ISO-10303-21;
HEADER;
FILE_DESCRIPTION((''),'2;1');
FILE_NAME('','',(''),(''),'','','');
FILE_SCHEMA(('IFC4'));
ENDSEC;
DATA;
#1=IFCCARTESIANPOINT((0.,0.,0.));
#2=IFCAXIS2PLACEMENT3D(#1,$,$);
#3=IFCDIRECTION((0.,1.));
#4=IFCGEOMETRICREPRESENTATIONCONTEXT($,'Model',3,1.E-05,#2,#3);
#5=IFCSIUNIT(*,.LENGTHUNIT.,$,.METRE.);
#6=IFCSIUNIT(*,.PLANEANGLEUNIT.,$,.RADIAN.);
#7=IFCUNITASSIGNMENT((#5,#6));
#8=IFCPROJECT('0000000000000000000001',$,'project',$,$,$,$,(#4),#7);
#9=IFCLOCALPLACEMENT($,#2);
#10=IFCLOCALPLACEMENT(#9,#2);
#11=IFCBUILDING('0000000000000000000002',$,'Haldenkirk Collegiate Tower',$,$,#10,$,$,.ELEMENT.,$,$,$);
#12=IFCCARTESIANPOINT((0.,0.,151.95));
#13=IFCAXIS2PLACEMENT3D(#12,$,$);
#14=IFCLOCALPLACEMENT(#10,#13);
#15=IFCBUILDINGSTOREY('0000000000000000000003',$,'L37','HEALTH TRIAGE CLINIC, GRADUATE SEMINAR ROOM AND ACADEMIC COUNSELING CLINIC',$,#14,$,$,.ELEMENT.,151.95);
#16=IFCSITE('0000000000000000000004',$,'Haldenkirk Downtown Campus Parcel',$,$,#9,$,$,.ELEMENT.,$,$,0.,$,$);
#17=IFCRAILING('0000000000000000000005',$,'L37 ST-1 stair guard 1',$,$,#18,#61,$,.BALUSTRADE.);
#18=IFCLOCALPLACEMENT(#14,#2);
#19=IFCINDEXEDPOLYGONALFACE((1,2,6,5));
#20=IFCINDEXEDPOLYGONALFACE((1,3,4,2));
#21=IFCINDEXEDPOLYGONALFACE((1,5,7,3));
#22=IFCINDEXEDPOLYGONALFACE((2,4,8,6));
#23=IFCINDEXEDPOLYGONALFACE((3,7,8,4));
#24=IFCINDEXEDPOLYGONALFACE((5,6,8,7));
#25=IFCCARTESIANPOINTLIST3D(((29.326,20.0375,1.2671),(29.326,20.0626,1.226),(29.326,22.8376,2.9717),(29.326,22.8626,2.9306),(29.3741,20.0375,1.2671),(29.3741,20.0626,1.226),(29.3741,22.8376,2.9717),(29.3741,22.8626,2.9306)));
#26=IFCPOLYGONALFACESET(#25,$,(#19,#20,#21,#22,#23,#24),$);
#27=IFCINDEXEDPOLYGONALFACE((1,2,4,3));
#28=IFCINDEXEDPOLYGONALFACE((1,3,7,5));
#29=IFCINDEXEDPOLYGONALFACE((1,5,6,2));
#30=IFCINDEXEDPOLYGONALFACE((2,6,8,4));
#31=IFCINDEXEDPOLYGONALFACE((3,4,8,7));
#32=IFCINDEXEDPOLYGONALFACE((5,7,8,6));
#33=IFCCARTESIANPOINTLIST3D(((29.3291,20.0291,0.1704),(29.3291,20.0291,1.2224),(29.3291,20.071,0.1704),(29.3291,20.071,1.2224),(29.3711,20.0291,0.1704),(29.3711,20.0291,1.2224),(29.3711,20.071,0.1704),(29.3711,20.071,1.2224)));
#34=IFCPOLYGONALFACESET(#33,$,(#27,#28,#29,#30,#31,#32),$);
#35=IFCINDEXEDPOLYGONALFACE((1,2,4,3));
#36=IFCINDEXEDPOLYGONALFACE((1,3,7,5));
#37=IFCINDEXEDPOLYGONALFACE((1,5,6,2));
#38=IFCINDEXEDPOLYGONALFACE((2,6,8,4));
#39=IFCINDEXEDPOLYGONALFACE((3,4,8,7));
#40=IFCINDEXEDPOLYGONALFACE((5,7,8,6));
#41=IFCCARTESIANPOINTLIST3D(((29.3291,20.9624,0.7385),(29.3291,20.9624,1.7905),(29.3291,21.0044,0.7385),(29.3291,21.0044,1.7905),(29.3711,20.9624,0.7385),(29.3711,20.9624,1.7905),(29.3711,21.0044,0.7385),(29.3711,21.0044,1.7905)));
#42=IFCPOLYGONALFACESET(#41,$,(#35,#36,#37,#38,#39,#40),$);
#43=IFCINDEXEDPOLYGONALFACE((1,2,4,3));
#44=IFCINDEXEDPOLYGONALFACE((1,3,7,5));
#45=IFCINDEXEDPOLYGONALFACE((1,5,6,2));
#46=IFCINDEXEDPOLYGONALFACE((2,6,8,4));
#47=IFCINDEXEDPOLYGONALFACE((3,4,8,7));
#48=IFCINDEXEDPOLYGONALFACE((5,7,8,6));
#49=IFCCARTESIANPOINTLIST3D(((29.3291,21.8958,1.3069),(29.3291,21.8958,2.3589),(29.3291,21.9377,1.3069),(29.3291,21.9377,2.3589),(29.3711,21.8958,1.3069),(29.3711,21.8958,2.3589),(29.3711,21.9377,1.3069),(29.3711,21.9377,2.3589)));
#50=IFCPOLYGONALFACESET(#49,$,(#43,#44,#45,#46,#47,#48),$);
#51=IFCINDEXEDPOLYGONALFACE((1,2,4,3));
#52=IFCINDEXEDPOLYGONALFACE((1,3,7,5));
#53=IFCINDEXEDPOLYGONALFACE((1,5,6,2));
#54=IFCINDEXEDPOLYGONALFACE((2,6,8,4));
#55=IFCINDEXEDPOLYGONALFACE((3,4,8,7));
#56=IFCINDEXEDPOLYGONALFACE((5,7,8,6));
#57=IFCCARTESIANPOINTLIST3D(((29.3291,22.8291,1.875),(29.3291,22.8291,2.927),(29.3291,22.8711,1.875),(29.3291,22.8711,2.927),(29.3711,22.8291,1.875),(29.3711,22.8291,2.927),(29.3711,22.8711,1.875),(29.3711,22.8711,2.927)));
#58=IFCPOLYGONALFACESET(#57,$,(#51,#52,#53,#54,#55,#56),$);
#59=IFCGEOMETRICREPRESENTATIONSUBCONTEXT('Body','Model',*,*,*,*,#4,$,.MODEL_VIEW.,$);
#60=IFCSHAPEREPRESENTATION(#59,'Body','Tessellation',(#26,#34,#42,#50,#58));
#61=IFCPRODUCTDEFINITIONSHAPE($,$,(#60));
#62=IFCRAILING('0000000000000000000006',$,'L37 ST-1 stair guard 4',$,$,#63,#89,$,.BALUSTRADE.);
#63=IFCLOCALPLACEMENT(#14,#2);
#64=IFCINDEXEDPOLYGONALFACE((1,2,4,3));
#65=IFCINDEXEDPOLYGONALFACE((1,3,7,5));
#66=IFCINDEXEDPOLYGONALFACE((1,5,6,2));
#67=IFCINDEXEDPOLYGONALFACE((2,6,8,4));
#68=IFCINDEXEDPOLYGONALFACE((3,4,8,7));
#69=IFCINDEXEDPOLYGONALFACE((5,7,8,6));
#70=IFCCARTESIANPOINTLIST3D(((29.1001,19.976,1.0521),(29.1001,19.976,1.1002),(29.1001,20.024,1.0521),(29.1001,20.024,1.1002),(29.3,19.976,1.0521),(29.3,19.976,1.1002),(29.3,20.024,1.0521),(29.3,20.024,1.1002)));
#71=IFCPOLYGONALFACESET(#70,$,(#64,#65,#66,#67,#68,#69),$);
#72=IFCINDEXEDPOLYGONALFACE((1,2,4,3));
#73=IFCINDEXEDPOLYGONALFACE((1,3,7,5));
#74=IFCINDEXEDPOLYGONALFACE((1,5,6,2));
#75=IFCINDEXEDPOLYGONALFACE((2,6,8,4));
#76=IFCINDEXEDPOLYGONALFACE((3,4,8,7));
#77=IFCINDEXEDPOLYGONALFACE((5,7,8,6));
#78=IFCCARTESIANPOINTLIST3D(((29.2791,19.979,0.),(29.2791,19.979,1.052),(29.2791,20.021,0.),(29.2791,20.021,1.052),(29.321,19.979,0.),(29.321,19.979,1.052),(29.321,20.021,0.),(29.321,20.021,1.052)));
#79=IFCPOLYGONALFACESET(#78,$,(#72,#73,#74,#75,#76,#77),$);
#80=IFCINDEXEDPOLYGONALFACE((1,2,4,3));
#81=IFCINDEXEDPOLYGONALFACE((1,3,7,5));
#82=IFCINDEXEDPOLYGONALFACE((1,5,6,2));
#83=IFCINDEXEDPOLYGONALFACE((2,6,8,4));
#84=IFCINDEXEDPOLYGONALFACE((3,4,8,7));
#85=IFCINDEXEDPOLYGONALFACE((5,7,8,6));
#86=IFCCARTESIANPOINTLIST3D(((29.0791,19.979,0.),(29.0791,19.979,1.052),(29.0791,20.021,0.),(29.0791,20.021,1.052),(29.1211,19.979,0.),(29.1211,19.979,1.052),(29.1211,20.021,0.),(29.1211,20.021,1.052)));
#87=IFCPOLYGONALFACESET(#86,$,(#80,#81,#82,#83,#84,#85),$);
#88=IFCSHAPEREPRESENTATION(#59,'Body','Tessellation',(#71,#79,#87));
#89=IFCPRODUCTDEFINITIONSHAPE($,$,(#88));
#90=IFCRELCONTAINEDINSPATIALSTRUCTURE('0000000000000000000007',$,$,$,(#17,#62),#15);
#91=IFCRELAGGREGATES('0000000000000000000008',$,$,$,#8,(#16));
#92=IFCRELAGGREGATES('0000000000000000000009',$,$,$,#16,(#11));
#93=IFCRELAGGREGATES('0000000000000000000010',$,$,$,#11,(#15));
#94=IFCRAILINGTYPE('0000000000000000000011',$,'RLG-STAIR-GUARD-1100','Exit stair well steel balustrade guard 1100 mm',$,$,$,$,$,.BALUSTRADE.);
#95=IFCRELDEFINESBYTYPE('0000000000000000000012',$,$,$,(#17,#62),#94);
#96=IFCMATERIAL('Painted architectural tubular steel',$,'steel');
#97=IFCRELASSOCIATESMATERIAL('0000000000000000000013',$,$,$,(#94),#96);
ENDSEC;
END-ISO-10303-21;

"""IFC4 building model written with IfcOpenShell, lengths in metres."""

from ifc_helpers import new_model, si_unit, direction, frame, origin, origin_2d, place, context, subcontext, project, spatial, rectangle, extrude, material, type_object, element, save


model = new_model("IFC4")

# Units and contexts
model_context = context("Model", 3, precision=1e-05, world=origin(), true_north=direction((0.0, 1.0)))
body_context = subcontext(model_context, "Body", "Model", "MODEL_VIEW")
ifc_project = project(units=[si_unit("LENGTHUNIT", "METRE"), si_unit("PLANEANGLEUNIT", "RADIAN")], contexts=[model_context])

# Site, building, storey
site_placement = place(None, origin())
site = spatial("IfcSite", under=ifc_project, at=site_placement, Name="Haldenkirk Downtown Campus Parcel", CompositionType="ELEMENT", RefElevation=0.0)
building_placement = place(site_placement, origin())
building = spatial("IfcBuilding", under=site, at=building_placement, Name="Haldenkirk Collegiate Tower", CompositionType="ELEMENT")
storey_placement = place(building_placement, frame((0.0, 0.0, 151.95)))
storey = spatial("IfcBuildingStorey", under=building, at=storey_placement, Name="L37", Description="HEALTH TRIAGE CLINIC, GRADUATE SEMINAR ROOM AND ACADEMIC COUNSELING CLINIC", CompositionType="ELEMENT", Elevation=151.95)

# Railings
ifc_material_1 = material(Name="Painted architectural tubular steel", Category="steel")
railing_type = type_object("IfcRailingType", Name="RLG-STAIR-GUARD-1100", Description="Exit stair well steel balustrade guard 1100 mm", PredefinedType="BALUSTRADE", material=ifc_material_1)
railing_1_placement = place(storey_placement, frame((29.3501, 20.05, 0.1704)))
element("IfcRailing", 1, at=railing_1_placement, inside=storey, type_object=railing_type, Name="L37 ST-1 stair guard 1", PredefinedType="BALUSTRADE", context=body_context, shape_type="SweptSolid", body=[
    extrude(rectangle(XDim=0.0481, YDim=0.0481, at=origin_2d()), frame((0.0, 0.0, 1.0762), z_axis=(0.0, 0.85417, 0.519994), x_axis=(-1.0, 0.0, 0.0)), (0.0, 0.0, 1.0), 3.2781),
    extrude(rectangle(XDim=0.042, YDim=0.042, at=origin_2d()), origin(), (0.0, 0.0, 1.0), 1.052),
    extrude(rectangle(XDim=0.042, YDim=0.042, at=origin_2d()), frame((0.0, 0.9333, 0.5681)), (0.0, 0.0, 1.0), 1.052),
    extrude(rectangle(XDim=0.042, YDim=0.042, at=origin_2d()), frame((0.0, 1.8667, 1.1365)), (0.0, 0.0, 1.0), 1.052),
    extrude(rectangle(XDim=0.042, YDim=0.042, at=origin_2d()), frame((0.0, 2.8, 1.7046)), (0.0, 0.0, 1.0), 1.052),
])
railing_2_placement = place(storey_placement, frame((29.3, 20.0, 0.0)))
element("IfcRailing", 2, at=railing_2_placement, inside=storey, type_object=railing_type, Name="L37 ST-1 stair guard 4", PredefinedType="BALUSTRADE", context=body_context, shape_type="SweptSolid", body=[
    extrude(rectangle(XDim=0.0481, YDim=0.0481, at=origin_2d()), frame((0.0, 0.0, 1.0762), z_axis=(-1.0, 0.0, 0.0), x_axis=(0.0, -1.0, 0.0)), (0.0, 0.0, 1.0), 0.2),
    extrude(rectangle(XDim=0.042, YDim=0.042, at=origin_2d()), origin(), (0.0, 0.0, 1.0), 1.052),
    extrude(rectangle(XDim=0.042, YDim=0.042, at=origin_2d()), frame((-0.2, 0.0, 0.0)), (0.0, 0.0, 1.0), 1.052),
])

save(model, "model.ifc")
